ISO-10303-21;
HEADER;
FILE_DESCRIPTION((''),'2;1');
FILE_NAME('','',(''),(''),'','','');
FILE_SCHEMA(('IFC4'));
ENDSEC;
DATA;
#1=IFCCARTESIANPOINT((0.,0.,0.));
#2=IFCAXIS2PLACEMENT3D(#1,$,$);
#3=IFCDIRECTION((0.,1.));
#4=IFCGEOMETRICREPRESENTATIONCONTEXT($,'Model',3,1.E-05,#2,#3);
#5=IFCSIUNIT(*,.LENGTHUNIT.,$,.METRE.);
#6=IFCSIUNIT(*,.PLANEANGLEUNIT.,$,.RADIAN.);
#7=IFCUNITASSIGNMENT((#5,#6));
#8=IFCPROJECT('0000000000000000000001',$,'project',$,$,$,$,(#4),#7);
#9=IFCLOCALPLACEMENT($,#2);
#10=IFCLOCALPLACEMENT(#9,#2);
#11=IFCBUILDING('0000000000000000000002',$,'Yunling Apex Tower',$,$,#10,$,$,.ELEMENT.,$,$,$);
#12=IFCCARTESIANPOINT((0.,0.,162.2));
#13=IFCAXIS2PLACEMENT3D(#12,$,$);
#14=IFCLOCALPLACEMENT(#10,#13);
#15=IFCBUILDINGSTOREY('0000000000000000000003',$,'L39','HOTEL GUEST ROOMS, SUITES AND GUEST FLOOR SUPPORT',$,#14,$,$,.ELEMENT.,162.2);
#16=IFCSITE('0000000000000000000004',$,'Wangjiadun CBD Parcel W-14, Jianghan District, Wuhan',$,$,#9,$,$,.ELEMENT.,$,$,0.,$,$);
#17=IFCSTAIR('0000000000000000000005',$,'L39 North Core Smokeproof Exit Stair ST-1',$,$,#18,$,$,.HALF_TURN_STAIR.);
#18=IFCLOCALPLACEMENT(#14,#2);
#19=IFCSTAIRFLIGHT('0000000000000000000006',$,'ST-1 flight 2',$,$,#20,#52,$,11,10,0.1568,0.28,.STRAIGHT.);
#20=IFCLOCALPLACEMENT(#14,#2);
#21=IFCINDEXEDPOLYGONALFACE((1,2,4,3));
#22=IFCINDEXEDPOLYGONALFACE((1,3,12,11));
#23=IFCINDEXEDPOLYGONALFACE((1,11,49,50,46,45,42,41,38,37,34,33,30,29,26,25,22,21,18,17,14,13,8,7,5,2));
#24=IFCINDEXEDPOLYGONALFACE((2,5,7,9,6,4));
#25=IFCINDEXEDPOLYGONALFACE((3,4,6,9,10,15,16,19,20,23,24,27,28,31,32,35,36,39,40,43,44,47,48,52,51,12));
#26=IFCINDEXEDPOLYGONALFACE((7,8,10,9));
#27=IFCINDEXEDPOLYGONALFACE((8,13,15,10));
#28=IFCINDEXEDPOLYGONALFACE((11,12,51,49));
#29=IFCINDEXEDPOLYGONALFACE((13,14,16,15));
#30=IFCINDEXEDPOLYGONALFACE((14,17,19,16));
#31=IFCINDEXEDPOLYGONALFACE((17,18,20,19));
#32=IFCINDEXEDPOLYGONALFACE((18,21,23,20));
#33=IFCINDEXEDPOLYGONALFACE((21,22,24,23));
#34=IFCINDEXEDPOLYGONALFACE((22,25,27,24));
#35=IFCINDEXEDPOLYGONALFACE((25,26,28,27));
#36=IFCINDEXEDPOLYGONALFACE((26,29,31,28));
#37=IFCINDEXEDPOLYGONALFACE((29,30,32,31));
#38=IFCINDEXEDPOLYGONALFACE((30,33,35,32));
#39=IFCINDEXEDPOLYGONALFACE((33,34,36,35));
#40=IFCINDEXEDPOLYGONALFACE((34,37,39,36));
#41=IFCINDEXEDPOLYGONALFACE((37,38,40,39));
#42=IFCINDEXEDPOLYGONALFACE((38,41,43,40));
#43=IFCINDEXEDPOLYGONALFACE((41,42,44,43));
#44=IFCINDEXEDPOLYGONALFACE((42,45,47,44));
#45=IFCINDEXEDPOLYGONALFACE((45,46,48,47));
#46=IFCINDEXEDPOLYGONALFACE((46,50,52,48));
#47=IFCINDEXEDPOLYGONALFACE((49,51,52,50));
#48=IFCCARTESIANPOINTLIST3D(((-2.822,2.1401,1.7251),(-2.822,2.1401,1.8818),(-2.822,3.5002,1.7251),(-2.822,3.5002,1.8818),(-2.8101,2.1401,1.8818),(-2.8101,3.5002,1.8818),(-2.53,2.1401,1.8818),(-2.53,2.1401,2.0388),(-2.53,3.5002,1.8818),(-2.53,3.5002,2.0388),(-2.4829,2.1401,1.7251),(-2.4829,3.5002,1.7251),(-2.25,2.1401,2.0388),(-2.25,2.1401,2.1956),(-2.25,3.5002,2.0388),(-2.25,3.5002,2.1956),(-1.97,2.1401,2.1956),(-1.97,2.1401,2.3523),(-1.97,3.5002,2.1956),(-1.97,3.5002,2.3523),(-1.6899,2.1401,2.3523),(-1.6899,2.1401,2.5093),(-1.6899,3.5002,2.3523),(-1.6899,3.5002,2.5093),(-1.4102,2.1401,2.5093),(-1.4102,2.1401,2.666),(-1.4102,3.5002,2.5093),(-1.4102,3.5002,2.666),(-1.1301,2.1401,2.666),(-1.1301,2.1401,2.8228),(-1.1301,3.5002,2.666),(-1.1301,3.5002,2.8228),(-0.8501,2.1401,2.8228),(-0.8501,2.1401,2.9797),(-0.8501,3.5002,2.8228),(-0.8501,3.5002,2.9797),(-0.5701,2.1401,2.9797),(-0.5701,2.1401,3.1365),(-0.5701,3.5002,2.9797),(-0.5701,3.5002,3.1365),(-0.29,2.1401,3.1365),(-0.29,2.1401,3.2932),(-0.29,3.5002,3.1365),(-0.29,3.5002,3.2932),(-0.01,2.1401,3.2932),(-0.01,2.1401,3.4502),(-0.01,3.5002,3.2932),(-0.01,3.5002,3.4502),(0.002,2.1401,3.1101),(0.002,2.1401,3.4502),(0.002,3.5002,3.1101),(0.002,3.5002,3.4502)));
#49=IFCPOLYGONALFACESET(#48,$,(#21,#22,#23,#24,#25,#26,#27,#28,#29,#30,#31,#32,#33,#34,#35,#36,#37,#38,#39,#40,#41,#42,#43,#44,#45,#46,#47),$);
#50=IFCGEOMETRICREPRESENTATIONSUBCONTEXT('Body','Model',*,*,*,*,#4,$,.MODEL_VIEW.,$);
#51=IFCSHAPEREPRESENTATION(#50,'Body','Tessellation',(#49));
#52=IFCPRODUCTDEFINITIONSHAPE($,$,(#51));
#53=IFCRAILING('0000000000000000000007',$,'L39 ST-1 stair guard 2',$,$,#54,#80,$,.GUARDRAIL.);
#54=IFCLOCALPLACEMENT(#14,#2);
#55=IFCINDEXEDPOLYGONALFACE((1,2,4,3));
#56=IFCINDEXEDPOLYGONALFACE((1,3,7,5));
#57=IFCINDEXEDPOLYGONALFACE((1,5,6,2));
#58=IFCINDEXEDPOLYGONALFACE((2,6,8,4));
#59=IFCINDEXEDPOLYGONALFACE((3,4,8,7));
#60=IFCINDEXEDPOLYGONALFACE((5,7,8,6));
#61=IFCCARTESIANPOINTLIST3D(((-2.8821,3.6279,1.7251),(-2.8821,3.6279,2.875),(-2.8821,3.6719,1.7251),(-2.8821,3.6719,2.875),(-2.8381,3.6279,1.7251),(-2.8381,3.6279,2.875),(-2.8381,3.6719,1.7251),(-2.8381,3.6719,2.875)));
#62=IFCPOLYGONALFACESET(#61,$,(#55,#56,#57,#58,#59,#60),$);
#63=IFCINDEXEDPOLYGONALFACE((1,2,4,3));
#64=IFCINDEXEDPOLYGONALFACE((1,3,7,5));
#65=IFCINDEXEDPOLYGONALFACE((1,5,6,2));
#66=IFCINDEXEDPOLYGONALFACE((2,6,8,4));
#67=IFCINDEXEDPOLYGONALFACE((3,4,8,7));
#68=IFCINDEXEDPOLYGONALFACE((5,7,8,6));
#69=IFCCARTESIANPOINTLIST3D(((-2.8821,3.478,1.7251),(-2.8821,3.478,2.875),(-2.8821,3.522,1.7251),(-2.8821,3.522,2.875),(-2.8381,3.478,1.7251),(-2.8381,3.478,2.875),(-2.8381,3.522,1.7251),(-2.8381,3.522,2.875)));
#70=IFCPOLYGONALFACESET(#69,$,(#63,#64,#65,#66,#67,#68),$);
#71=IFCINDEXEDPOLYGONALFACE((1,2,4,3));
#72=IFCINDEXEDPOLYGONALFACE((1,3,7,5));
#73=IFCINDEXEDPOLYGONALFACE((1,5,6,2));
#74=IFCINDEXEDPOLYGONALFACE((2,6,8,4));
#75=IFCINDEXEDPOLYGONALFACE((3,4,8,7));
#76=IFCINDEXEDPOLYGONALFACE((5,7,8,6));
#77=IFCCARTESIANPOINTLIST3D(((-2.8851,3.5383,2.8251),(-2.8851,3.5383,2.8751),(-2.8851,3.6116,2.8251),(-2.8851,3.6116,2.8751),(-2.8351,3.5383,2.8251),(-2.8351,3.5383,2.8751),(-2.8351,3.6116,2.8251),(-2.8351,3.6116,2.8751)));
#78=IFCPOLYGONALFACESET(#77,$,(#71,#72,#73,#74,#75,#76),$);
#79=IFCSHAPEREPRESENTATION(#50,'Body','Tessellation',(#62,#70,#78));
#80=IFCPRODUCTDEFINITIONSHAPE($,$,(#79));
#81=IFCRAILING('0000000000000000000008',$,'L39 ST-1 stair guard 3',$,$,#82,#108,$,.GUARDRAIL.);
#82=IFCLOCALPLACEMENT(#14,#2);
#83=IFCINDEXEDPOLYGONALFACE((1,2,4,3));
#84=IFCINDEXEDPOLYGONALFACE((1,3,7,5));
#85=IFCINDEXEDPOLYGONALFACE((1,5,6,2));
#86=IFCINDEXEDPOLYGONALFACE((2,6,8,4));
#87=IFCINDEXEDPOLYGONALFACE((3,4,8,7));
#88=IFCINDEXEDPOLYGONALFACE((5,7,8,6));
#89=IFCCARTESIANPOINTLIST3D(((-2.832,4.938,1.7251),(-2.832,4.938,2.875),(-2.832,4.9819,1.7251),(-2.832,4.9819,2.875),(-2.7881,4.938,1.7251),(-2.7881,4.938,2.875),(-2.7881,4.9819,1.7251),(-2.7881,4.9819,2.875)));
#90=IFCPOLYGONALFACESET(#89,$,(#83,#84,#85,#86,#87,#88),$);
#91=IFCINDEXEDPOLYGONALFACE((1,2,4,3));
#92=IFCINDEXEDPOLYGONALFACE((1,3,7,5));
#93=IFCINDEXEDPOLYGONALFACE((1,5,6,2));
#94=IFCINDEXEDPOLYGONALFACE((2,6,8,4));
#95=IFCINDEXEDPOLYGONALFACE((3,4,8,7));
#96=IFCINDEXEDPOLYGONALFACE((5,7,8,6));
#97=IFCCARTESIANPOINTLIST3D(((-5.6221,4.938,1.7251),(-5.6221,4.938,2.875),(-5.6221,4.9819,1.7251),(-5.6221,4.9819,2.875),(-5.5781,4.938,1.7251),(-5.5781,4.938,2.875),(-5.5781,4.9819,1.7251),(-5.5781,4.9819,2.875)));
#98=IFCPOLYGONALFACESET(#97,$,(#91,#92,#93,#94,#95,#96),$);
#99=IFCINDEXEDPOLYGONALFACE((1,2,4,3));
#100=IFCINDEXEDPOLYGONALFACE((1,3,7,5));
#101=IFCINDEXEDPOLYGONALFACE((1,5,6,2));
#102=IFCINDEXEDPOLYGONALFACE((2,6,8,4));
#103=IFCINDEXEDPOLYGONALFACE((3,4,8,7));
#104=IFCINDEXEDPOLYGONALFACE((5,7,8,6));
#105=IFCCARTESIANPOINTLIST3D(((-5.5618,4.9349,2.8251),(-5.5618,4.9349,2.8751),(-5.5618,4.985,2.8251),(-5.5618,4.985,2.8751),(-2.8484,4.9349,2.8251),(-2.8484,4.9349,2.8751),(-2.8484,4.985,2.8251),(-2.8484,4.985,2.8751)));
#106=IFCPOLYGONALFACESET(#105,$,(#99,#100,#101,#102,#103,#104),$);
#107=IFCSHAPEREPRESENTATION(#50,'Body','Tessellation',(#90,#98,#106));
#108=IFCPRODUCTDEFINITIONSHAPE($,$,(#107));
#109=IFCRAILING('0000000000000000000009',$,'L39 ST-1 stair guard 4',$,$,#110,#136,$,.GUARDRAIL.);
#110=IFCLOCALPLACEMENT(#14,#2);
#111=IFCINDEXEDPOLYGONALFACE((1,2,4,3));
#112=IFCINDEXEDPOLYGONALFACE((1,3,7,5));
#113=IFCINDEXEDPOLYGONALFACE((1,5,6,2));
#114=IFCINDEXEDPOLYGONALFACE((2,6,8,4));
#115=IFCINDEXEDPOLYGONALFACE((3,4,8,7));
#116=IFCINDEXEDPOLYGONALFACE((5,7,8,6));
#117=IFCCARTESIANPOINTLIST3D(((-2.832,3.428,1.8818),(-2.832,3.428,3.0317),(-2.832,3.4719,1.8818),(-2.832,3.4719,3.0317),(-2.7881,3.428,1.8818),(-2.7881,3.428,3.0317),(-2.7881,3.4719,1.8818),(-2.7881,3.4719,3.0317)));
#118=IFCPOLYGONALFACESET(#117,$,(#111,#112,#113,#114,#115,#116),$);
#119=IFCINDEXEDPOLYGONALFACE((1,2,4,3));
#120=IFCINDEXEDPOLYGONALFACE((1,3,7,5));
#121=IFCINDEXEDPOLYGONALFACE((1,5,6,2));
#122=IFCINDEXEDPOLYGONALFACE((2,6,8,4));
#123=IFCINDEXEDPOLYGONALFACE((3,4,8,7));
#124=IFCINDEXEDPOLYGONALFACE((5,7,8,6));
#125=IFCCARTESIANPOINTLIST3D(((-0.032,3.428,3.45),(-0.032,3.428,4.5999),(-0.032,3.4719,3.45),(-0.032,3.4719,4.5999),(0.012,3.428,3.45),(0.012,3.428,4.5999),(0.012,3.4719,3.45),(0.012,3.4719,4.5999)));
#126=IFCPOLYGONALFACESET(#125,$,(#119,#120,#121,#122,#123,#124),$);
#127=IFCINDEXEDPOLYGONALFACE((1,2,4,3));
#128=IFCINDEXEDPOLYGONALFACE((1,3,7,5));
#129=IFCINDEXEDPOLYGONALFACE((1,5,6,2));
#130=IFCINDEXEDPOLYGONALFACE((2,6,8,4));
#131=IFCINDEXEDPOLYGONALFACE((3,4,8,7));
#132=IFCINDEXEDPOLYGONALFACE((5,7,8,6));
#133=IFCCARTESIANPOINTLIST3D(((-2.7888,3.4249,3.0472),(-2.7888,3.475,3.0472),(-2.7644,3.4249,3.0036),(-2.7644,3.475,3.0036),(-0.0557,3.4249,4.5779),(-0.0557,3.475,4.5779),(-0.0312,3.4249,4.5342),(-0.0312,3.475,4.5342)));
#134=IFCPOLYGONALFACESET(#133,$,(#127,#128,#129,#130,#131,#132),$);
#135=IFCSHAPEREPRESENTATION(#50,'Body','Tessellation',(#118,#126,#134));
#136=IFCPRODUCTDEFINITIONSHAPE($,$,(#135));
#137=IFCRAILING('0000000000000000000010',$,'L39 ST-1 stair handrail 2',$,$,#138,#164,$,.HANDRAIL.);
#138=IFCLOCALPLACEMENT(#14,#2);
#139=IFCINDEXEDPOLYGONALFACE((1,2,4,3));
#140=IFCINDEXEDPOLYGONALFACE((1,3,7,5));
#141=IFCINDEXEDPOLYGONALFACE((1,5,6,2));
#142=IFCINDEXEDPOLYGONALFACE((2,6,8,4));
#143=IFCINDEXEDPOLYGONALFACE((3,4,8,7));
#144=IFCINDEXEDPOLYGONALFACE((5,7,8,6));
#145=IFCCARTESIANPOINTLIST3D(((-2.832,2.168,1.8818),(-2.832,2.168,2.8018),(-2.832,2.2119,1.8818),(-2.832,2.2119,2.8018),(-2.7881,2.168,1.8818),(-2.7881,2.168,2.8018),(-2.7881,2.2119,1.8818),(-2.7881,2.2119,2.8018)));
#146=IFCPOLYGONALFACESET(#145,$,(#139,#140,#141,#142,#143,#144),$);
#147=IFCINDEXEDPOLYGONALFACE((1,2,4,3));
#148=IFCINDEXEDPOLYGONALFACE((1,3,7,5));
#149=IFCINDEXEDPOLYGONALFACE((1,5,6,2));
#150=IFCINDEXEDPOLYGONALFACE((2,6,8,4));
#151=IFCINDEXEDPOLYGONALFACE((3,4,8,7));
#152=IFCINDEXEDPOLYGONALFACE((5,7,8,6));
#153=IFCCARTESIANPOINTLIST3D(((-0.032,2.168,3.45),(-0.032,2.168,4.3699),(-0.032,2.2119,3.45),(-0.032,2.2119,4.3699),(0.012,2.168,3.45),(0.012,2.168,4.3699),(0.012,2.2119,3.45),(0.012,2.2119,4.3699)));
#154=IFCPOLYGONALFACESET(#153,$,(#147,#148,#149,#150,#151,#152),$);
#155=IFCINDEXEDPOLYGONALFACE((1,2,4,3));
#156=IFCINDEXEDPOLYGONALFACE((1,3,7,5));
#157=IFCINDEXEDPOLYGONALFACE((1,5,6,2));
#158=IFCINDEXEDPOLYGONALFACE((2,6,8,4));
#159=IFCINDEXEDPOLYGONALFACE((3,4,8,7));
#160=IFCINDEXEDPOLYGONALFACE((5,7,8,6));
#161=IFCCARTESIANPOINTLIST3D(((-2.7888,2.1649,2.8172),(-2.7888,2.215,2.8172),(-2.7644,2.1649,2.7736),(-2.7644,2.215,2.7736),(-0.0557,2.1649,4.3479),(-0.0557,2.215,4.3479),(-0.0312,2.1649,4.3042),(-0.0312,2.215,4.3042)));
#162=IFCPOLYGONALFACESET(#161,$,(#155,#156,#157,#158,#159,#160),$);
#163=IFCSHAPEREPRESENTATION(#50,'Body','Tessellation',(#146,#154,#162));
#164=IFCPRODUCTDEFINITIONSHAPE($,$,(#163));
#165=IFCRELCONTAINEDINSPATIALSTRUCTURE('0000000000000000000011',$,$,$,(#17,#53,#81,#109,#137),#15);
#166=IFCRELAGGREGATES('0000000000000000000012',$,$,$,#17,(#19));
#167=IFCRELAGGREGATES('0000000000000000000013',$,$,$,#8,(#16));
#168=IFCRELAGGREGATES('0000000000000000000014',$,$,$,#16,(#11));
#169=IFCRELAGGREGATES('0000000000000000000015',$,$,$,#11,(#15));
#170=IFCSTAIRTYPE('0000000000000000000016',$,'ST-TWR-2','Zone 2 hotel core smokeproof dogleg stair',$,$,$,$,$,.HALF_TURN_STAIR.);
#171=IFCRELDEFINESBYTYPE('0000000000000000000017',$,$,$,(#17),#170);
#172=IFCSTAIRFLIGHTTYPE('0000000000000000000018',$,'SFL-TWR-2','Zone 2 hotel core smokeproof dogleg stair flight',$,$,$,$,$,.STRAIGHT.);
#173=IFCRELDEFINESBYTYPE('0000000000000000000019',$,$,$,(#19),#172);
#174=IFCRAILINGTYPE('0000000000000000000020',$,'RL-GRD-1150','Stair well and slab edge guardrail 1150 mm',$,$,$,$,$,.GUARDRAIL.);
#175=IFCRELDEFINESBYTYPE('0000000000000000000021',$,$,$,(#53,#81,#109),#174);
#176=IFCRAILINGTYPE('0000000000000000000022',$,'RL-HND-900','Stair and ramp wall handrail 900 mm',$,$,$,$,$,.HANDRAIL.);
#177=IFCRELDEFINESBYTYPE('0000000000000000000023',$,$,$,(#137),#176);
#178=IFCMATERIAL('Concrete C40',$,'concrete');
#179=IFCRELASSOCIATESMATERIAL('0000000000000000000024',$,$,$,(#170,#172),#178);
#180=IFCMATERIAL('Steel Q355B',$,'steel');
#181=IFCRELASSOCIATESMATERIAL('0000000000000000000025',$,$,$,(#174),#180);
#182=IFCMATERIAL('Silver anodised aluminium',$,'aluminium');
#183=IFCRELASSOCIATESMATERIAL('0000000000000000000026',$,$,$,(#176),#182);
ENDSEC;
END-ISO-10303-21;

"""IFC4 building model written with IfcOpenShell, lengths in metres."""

from ifc_helpers import new_model, si_unit, direction, frame, origin, origin_2d, place, context, subcontext, project, spatial, polyline, rectangle, outline, extrude, material, type_object, element, aggregate, save


model = new_model("IFC4")

# Units and contexts
model_context = context("Model", 3, precision=1e-05, world=origin(), true_north=direction((0.0, 1.0)))
body_context = subcontext(model_context, "Body", "Model", "MODEL_VIEW")
ifc_project = project(units=[si_unit("LENGTHUNIT", "METRE"), si_unit("PLANEANGLEUNIT", "RADIAN")], contexts=[model_context])

# Site, building, storey
site_placement = place(None, origin())
site = spatial("IfcSite", under=ifc_project, at=site_placement, Name="Wangjiadun CBD Parcel W-14, Jianghan District, Wuhan", CompositionType="ELEMENT", RefElevation=0.0)
building_placement = place(site_placement, origin())
building = spatial("IfcBuilding", under=site, at=building_placement, Name="Yunling Apex Tower", CompositionType="ELEMENT")
storey_placement = place(building_placement, frame((0.0, 0.0, 162.2)))
storey = spatial("IfcBuildingStorey", under=building, at=storey_placement, Name="L39", Description="HOTEL GUEST ROOMS, SUITES AND GUEST FLOOR SUPPORT", CompositionType="ELEMENT", Elevation=162.2)

# Shared definitions
ifc_material_1 = material(Name="Steel Q355B", Category="steel")

# Shared definitions
ifc_material_2 = material(Name="Concrete C40", Category="concrete")

# Shared definitions
ifc_material_3 = material(Name="Silver anodised aluminium", Category="aluminium")

# Stair, stair flight
stair_type = type_object("IfcStairType", Name="ST-TWR-2", Description="Zone 2 hotel core smokeproof dogleg stair", PredefinedType="HALF_TURN_STAIR", material=ifc_material_2)
stair_placement = place(storey_placement, origin())
stair = element("IfcStair", 1, at=stair_placement, inside=storey, type_object=stair_type, Name="L39 North Core Smokeproof Exit Stair ST-1", PredefinedType="HALF_TURN_STAIR")
stair_flight_type = type_object("IfcStairFlightType", Name="SFL-TWR-2", Description="Zone 2 hotel core smokeproof dogleg stair flight", PredefinedType="STRAIGHT", material=ifc_material_2)
stair_flight_placement = place(storey_placement, frame((-2.8101, 2.8201, 1.7251), z_axis=(0.0, 0.0, 1.0), x_axis=(1.0, 0.0, 0.0)))
stair_flight = element("IfcStairFlight", 2, at=stair_flight_placement, type_object=stair_flight_type, Name="ST-1 flight 2", NumberOfRisers=11, NumberOfTreads=10, PredefinedType="STRAIGHT", RiserHeight=0.1568, TreadLength=0.28, context=body_context, shape_type="SweptSolid", body=[
    extrude(outline(polyline([(-0.012, 0.0), (-0.012, 0.1567), (0.0, 0.1567), (0.28, 0.1567), (0.28, 0.3137), (0.5601, 0.3137), (0.5601, 0.4705), (0.8401, 0.4705), (0.8401, 0.6272), (1.1201, 0.6272), (1.1201, 0.7842), (1.3999, 0.7842), (1.3999, 0.9409), (1.6799, 0.9409), (1.6799, 1.0977), (1.96, 1.0977), (1.96, 1.2546), (2.24, 1.2546), (2.24, 1.4114), (2.52, 1.4114), (2.52, 1.5681), (2.8, 1.5681), (2.8, 1.7251), (2.812, 1.7251), (2.812, 1.385), (0.3271, 0.0), (-0.012, 0.0)])), frame((0.0, 0.6802, 0.0), z_axis=(0.0, -1.0, 0.0), x_axis=(1.0, 0.0, 0.0)), (0.0, 0.0, 1.0), 1.3601),
])
aggregate(stair, [stair_flight])

# Railings
railing_type_1 = type_object("IfcRailingType", Name="RL-GRD-1150", Description="Stair well and slab edge guardrail 1150 mm", PredefinedType="GUARDRAIL", material=ifc_material_1)
railing_1_placement = place(storey_placement, frame((-2.8601, 3.6499, 1.7251)))
element("IfcRailing", 3, at=railing_1_placement, inside=storey, type_object=railing_type_1, Name="L39 ST-1 stair guard 2", PredefinedType="GUARDRAIL", context=body_context, shape_type="SweptSolid", body=[
    extrude(rectangle(XDim=0.0439, YDim=0.0439, at=origin_2d()), origin(), (0.0, 0.0, 1.0), 1.1499),
    extrude(rectangle(XDim=0.0439, YDim=0.0439, at=origin_2d()), frame((0.0, -0.1499, 0.0)), (0.0, 0.0, 1.0), 1.1499),
    extrude(rectangle(XDim=0.05, YDim=0.05, at=origin_2d()), frame((0.0, -0.0383, 1.125), z_axis=(0.0, -1.0, 0.0), x_axis=(1.0, 0.0, 0.0)), (0.0, 0.0, 1.0), 0.0732),
])
railing_2_placement = place(storey_placement, frame((-2.8101, 4.96, 1.7251)))
element("IfcRailing", 4, at=railing_2_placement, inside=storey, type_object=railing_type_1, Name="L39 ST-1 stair guard 3", PredefinedType="GUARDRAIL", context=body_context, shape_type="SweptSolid", body=[
    extrude(rectangle(XDim=0.0439, YDim=0.0439, at=origin_2d()), origin(), (0.0, 0.0, 1.0), 1.1499),
    extrude(rectangle(XDim=0.0439, YDim=0.0439, at=origin_2d()), frame((-2.79, 0.0, 0.0)), (0.0, 0.0, 1.0), 1.1499),
    extrude(rectangle(XDim=0.05, YDim=0.05, at=origin_2d()), frame((-0.0383, 0.0, 1.125), z_axis=(-1.0, 0.0, 0.0), x_axis=(0.0, -1.0, 0.0)), (0.0, 0.0, 1.0), 2.7134),
])
railing_3_placement = place(storey_placement, frame((-2.8101, 3.45, 1.8818)))
element("IfcRailing", 5, at=railing_3_placement, inside=storey, type_object=railing_type_1, Name="L39 ST-1 stair guard 4", PredefinedType="GUARDRAIL", context=body_context, shape_type="SweptSolid", body=[
    extrude(rectangle(XDim=0.0439, YDim=0.0439, at=origin_2d()), origin(), (0.0, 0.0, 1.0), 1.1499),
    extrude(rectangle(XDim=0.0439, YDim=0.0439, at=origin_2d()), frame((2.8, 0.0, 1.5681)), (0.0, 0.0, 1.0), 1.1499),
    extrude(rectangle(XDim=0.05, YDim=0.05, at=origin_2d()), frame((0.0334, 0.0, 1.1436), z_axis=(0.872494, 0.0, 0.488624), x_axis=(0.0, 1.0, 0.0)), (0.0, 0.0, 1.0), 3.1326),
])
railing_type_2 = type_object("IfcRailingType", Name="RL-HND-900", Description="Stair and ramp wall handrail 900 mm", PredefinedType="HANDRAIL", material=ifc_material_3)
railing_4_placement = place(storey_placement, frame((-2.8101, 2.1899, 1.8818)))
element("IfcRailing", 6, at=railing_4_placement, inside=storey, type_object=railing_type_2, Name="L39 ST-1 stair handrail 2", PredefinedType="HANDRAIL", context=body_context, shape_type="SweptSolid", body=[
    extrude(rectangle(XDim=0.0439, YDim=0.0439, at=origin_2d()), origin(), (0.0, 0.0, 1.0), 0.9199),
    extrude(rectangle(XDim=0.0439, YDim=0.0439, at=origin_2d()), frame((2.8, 0.0, 1.5681)), (0.0, 0.0, 1.0), 0.9199),
    extrude(rectangle(XDim=0.05, YDim=0.05, at=origin_2d()), frame((0.0334, 0.0, 0.9136), z_axis=(0.872494, 0.0, 0.488624), x_axis=(0.0, 1.0, 0.0)), (0.0, 0.0, 1.0), 3.1326),
])

save(model, "model.ifc")
